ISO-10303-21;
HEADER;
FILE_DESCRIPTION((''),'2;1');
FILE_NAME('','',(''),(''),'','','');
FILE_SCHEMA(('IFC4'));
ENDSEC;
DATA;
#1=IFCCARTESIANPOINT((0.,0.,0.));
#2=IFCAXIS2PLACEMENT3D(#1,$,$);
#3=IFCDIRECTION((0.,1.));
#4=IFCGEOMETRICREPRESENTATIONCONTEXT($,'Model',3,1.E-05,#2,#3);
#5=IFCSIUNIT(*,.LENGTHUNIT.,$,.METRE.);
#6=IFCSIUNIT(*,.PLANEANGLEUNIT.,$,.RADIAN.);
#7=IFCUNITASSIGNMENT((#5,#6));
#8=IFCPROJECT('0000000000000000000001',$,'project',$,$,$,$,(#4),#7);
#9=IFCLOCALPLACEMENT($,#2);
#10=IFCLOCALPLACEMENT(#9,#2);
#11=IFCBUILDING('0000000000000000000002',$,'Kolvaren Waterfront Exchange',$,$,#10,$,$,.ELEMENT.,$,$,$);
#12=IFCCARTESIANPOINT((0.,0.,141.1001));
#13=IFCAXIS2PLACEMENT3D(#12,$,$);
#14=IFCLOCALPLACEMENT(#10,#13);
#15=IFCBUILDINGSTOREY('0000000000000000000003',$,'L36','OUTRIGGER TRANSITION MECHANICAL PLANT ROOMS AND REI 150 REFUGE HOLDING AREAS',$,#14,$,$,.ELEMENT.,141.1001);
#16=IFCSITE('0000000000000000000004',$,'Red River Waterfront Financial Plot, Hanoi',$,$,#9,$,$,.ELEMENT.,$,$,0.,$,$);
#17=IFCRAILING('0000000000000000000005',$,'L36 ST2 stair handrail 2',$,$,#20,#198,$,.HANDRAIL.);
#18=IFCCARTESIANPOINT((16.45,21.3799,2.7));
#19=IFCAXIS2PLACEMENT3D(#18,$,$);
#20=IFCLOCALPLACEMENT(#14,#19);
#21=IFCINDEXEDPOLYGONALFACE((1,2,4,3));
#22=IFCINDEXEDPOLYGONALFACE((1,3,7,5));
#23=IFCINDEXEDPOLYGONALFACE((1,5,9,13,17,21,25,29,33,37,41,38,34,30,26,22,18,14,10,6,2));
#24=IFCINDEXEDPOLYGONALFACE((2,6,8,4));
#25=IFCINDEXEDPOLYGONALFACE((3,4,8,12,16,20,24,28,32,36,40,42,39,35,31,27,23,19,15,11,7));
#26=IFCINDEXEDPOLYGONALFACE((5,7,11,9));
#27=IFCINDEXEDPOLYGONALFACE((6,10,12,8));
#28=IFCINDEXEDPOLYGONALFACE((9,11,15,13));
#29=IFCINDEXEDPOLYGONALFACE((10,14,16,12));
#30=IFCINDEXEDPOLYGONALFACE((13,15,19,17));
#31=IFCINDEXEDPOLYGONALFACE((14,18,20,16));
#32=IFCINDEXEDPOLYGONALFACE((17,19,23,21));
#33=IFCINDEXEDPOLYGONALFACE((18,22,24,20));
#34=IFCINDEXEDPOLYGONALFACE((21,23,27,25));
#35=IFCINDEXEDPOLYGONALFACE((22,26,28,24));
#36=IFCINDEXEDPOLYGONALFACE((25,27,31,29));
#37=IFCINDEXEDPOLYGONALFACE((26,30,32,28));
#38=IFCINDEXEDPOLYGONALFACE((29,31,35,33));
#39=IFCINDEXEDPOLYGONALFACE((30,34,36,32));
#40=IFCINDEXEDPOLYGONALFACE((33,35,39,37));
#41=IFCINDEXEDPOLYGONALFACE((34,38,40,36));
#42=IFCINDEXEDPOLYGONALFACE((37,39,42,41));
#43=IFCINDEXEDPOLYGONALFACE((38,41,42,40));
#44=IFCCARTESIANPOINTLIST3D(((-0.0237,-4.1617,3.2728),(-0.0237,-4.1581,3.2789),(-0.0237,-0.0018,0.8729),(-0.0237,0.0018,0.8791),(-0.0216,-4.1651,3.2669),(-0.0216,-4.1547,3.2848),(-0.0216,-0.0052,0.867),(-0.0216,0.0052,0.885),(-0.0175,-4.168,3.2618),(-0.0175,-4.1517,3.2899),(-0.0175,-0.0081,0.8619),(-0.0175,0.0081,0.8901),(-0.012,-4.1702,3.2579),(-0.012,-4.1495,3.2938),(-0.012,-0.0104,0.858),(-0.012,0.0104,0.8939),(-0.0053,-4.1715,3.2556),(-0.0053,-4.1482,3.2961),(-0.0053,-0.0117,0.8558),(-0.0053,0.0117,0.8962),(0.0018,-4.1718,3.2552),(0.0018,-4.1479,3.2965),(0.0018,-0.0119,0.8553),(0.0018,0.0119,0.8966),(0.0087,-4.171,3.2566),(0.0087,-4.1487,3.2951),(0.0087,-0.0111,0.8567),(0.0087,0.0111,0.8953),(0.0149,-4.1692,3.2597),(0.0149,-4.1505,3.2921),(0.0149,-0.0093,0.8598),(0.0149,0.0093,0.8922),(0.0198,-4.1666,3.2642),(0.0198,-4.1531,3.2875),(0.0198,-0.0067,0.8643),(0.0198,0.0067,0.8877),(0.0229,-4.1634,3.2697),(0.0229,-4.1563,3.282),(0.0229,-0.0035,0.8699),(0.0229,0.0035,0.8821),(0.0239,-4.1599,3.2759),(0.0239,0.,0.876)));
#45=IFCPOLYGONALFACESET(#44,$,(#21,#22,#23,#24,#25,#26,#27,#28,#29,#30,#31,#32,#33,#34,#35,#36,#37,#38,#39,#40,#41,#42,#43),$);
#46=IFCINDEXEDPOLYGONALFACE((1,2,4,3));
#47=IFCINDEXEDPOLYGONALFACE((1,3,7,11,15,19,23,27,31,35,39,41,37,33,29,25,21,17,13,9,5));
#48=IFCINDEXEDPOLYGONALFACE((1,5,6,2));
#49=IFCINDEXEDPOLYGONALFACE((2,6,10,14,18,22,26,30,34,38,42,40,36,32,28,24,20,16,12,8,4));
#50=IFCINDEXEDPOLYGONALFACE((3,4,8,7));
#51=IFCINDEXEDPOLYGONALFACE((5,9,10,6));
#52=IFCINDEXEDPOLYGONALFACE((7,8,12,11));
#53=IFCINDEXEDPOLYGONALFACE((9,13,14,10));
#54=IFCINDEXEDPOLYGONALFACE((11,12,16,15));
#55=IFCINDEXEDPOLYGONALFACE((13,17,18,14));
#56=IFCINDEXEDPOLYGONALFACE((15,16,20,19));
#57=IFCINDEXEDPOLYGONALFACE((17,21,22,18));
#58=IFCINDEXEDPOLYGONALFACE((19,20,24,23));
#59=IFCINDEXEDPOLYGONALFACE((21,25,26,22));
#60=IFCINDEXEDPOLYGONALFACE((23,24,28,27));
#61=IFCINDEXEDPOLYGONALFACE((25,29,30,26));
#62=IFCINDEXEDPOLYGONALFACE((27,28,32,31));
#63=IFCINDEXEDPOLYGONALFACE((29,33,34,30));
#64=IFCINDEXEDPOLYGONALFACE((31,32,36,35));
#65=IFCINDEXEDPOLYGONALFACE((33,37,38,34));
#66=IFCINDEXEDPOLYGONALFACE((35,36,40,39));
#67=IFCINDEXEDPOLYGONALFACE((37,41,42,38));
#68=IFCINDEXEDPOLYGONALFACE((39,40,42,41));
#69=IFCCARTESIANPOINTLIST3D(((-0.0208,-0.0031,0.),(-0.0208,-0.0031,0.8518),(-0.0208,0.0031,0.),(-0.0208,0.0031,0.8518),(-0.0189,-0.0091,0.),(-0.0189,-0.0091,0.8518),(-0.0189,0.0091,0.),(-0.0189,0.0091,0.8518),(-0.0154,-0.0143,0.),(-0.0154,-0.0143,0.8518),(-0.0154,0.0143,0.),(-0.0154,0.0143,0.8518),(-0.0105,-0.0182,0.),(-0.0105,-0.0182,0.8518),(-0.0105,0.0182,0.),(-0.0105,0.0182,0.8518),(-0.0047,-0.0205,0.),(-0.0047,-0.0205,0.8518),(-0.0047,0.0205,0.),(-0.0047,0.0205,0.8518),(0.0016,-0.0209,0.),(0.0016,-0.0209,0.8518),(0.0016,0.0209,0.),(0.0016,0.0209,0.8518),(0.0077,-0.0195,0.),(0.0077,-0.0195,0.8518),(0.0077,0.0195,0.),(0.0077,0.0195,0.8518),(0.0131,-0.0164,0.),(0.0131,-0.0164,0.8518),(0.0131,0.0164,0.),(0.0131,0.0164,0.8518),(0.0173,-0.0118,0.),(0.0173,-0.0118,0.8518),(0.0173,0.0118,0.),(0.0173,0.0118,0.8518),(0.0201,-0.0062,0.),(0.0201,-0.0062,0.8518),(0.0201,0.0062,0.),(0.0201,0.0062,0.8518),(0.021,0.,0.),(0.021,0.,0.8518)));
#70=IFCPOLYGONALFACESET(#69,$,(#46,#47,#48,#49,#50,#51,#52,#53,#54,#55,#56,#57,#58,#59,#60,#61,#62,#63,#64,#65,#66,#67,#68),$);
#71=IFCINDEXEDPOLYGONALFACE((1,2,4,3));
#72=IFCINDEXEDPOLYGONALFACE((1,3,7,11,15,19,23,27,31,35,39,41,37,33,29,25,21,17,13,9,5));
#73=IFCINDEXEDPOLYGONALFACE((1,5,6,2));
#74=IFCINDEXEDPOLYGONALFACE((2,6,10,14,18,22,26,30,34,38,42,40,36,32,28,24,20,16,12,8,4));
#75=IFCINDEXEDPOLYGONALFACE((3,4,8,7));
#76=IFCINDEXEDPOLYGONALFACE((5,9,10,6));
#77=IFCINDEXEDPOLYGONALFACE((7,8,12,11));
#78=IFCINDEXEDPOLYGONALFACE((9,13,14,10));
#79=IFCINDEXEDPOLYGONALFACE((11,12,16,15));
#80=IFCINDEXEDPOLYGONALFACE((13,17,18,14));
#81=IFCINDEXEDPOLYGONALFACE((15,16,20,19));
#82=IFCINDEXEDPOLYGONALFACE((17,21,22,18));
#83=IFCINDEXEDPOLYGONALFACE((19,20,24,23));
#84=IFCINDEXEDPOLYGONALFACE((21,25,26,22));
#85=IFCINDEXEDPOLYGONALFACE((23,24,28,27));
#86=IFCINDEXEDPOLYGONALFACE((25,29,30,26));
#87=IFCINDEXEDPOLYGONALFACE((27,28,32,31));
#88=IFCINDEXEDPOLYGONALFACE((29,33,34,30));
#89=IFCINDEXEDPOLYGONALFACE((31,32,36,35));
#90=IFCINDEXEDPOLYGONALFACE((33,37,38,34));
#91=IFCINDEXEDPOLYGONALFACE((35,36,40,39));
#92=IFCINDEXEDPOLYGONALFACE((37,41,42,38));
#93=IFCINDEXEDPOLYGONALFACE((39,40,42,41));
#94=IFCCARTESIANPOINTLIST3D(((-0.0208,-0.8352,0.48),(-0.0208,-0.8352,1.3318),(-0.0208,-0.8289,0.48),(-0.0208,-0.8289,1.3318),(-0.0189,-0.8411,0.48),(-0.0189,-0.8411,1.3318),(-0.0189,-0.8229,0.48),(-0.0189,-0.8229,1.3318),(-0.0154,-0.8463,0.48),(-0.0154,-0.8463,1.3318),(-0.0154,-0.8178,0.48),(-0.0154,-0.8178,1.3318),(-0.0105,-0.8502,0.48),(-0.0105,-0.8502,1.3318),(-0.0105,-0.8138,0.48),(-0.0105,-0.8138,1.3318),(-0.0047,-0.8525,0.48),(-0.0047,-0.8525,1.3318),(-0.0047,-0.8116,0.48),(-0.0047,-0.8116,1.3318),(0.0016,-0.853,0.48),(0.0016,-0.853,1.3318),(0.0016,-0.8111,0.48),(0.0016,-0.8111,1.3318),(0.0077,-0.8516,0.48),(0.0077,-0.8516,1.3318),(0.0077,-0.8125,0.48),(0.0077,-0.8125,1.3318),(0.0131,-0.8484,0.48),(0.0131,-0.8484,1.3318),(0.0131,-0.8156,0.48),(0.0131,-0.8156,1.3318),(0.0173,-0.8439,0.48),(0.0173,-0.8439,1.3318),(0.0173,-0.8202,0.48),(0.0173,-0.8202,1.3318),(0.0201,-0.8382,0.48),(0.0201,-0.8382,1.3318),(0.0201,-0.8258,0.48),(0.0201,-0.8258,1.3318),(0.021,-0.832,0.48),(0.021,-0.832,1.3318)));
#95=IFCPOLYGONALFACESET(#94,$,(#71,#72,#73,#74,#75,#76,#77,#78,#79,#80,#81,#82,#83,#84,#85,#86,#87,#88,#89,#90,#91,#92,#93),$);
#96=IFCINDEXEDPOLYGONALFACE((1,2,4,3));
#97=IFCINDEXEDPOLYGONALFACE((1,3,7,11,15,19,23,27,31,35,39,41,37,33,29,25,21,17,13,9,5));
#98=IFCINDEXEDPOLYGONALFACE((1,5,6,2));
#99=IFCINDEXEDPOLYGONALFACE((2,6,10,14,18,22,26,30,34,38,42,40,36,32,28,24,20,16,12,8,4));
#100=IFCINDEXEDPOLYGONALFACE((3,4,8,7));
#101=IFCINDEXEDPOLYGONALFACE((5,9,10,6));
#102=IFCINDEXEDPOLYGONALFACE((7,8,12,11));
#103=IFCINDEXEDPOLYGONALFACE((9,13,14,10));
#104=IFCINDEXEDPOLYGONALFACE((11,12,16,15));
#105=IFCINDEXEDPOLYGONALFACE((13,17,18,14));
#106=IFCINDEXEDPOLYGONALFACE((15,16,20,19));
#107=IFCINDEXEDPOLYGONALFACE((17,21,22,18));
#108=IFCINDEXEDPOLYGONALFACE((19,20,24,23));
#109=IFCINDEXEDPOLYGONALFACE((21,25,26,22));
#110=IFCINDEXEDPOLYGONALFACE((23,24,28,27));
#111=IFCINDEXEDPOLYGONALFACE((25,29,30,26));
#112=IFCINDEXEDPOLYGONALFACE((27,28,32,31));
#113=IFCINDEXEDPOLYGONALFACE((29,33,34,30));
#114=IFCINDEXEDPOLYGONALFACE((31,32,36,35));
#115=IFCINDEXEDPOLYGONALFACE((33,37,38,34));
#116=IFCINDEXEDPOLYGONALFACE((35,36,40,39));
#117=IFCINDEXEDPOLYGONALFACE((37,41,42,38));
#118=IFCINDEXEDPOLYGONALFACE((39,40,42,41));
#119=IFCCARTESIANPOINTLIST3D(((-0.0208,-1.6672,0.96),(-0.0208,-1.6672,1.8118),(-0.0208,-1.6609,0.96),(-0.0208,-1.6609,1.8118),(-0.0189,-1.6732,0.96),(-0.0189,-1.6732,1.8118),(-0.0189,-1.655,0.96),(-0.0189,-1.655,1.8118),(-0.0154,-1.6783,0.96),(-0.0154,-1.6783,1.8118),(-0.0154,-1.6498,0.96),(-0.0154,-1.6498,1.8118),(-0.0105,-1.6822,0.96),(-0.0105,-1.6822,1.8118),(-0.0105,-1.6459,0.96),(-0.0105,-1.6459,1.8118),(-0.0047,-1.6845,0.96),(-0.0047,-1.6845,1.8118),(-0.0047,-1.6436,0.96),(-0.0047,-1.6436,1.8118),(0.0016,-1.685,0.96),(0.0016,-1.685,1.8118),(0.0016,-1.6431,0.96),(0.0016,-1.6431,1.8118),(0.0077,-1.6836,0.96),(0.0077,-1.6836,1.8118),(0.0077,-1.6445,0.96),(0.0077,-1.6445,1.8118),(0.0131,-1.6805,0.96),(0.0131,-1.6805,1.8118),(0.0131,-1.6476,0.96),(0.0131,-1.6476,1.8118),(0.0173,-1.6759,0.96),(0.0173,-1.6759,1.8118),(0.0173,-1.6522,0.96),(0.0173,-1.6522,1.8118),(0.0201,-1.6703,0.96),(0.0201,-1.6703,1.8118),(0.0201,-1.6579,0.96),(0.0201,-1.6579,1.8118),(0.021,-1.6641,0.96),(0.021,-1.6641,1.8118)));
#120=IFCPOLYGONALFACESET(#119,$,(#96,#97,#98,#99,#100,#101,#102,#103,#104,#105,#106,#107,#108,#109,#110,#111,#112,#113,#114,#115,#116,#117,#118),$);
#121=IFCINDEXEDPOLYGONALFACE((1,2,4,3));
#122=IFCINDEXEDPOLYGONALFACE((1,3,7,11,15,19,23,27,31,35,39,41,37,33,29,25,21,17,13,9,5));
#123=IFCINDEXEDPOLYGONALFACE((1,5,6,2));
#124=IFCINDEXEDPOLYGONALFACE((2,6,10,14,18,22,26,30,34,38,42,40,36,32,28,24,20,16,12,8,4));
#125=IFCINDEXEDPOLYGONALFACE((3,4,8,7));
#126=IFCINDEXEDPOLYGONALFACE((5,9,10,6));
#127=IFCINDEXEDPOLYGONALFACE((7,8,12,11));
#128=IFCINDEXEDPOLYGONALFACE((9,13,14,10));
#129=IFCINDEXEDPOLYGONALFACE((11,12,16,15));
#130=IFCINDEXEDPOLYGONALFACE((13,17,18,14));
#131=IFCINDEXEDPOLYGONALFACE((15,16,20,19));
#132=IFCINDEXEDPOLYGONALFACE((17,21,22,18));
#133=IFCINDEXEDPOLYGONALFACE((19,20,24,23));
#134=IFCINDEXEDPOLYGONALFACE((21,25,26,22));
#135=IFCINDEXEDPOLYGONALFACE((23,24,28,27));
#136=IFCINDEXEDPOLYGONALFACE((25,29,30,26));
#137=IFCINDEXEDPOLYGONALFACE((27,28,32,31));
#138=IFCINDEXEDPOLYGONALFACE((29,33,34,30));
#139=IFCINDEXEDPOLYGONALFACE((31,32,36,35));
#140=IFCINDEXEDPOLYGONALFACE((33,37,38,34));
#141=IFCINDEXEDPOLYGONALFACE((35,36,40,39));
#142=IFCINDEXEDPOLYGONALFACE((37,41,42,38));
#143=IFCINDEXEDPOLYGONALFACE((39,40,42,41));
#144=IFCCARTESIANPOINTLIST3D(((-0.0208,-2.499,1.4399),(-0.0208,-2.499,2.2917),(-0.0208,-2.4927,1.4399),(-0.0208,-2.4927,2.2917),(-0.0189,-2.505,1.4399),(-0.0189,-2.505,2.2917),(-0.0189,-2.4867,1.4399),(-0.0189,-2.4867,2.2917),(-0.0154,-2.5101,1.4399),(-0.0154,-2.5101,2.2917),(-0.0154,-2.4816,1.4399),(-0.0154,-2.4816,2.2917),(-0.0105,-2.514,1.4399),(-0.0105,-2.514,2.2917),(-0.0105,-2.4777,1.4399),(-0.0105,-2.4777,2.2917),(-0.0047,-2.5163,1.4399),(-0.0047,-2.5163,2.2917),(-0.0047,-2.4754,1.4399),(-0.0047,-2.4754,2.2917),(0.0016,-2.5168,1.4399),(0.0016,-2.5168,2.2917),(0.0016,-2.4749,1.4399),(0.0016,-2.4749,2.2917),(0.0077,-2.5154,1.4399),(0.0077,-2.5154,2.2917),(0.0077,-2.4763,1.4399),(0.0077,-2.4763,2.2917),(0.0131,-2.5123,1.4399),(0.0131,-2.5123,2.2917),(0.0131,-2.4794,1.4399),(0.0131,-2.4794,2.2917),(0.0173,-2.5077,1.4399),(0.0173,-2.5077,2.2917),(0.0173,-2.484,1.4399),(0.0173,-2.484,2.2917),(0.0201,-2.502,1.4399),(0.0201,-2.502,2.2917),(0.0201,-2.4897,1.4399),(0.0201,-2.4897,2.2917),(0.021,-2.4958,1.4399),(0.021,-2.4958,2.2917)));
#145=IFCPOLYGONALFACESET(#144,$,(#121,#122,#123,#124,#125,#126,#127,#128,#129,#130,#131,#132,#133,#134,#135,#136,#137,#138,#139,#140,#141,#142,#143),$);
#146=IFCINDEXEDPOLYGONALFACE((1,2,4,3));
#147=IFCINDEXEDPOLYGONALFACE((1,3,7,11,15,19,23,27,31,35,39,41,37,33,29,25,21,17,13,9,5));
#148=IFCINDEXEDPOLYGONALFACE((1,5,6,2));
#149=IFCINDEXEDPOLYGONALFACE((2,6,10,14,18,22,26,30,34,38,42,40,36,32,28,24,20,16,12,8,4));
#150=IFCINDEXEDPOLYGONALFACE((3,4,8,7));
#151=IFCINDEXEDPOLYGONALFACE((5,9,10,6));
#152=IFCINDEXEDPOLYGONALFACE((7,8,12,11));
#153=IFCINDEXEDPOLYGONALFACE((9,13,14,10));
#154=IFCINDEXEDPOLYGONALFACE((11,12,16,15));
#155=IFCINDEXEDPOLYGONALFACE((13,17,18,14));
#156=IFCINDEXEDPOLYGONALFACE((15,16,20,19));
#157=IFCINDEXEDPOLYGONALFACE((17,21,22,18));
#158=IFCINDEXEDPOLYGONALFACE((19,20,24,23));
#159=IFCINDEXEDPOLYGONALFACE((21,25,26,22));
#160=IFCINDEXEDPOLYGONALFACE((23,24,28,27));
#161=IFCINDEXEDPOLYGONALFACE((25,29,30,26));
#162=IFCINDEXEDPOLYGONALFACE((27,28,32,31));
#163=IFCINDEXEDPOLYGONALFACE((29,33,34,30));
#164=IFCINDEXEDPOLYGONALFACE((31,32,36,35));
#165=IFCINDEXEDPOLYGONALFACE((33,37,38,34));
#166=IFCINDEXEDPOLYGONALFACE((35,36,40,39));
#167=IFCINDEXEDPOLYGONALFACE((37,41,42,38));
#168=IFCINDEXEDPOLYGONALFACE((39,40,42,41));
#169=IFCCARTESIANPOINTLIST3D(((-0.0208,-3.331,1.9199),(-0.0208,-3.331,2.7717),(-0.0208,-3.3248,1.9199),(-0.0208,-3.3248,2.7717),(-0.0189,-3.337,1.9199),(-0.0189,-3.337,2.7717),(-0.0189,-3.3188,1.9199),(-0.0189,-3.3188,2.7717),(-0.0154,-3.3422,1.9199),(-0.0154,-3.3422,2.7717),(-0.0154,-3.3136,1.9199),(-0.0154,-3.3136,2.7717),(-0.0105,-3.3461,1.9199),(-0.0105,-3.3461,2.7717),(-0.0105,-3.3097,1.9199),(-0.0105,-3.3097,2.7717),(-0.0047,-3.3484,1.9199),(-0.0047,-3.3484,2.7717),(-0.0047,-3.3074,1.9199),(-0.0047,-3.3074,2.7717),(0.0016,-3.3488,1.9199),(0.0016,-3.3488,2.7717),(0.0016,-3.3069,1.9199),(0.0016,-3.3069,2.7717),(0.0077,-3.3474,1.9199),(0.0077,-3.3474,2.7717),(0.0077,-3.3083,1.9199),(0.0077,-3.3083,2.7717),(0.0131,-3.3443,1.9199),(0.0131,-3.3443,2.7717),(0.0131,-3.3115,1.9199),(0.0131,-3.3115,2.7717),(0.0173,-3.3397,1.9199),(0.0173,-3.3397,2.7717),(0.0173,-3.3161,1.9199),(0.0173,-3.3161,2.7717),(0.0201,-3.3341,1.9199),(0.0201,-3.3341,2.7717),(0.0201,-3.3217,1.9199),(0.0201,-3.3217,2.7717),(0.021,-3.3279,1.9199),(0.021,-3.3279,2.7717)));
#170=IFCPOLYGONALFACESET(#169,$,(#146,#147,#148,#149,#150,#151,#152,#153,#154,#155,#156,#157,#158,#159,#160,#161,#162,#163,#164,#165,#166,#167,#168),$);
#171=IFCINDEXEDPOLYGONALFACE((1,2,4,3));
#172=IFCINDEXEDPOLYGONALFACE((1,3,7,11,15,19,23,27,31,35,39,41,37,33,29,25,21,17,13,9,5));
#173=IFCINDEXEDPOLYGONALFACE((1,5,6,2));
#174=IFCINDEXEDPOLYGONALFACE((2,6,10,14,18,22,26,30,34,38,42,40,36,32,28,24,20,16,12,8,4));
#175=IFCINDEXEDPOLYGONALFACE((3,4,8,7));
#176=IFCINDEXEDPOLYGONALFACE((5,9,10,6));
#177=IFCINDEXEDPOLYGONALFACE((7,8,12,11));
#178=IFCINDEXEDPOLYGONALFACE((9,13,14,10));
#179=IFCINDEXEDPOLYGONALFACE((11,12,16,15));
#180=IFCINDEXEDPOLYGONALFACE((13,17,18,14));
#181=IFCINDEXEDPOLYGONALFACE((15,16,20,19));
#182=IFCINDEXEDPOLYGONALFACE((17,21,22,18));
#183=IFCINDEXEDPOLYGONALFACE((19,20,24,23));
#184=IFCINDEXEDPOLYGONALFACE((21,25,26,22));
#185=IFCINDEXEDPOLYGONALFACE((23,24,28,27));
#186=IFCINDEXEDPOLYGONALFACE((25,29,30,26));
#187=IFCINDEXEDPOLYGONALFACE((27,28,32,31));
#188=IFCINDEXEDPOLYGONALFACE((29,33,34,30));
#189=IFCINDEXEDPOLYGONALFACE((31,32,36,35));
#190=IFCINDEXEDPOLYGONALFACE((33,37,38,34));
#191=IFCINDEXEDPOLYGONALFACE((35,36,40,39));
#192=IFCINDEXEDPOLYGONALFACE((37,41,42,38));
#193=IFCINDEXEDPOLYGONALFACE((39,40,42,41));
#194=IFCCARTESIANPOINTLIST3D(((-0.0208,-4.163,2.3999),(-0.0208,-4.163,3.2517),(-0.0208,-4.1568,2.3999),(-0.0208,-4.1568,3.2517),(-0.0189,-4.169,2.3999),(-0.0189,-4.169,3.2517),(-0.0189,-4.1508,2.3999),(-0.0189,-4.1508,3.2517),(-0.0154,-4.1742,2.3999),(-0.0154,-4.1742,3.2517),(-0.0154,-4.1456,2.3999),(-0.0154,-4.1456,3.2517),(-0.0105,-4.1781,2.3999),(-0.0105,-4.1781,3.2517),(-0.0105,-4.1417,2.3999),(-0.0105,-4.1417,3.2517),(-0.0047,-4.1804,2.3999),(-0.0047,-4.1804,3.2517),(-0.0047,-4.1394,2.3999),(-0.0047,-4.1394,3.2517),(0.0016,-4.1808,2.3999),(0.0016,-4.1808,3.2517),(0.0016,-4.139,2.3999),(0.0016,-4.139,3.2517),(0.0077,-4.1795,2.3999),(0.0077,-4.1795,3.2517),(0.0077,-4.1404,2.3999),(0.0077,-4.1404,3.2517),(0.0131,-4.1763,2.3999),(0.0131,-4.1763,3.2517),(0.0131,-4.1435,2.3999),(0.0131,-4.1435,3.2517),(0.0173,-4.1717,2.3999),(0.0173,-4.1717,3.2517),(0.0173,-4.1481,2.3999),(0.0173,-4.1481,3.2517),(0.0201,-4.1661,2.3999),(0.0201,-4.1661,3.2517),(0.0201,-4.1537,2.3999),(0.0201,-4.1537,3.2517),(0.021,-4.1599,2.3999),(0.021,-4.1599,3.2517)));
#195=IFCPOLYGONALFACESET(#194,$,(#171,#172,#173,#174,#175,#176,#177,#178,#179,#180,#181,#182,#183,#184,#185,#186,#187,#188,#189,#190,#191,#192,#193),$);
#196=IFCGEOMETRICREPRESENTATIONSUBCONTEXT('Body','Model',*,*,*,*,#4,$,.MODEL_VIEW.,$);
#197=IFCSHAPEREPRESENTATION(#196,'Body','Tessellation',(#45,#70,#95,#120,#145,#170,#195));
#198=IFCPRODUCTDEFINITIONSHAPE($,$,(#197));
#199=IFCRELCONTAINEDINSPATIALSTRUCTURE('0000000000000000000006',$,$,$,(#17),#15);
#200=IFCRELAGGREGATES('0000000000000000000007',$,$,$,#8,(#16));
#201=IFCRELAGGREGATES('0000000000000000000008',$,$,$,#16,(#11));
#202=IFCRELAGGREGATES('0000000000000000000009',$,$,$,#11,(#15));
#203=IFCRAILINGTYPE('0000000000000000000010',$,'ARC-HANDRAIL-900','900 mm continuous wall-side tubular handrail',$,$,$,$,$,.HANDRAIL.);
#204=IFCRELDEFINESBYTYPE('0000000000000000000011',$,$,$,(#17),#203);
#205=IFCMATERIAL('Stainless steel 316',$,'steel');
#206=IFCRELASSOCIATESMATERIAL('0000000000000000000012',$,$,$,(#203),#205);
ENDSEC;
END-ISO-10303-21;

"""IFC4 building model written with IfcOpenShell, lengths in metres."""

from ifc_helpers import new_model, si_unit, direction, frame, origin, origin_2d, place, context, subcontext, project, spatial, circle, extrude, material, type_object, element, save


model = new_model("IFC4")

# Units and contexts
model_context = context("Model", 3, precision=1e-05, world=origin(), true_north=direction((0.0, 1.0)))
body_context = subcontext(model_context, "Body", "Model", "MODEL_VIEW")
ifc_project = project(units=[si_unit("LENGTHUNIT", "METRE"), si_unit("PLANEANGLEUNIT", "RADIAN")], contexts=[model_context])

# Site, building, storey
site_placement = place(None, origin())
site = spatial("IfcSite", under=ifc_project, at=site_placement, Name="Red River Waterfront Financial Plot, Hanoi", CompositionType="ELEMENT", RefElevation=0.0)
building_placement = place(site_placement, origin())
building = spatial("IfcBuilding", under=site, at=building_placement, Name="Kolvaren Waterfront Exchange", CompositionType="ELEMENT")
storey_placement = place(building_placement, frame((0.0, 0.0, 141.1001)))
storey = spatial("IfcBuildingStorey", under=building, at=storey_placement, Name="L36", Description="OUTRIGGER TRANSITION MECHANICAL PLANT ROOMS AND REI 150 REFUGE HOLDING AREAS", CompositionType="ELEMENT", Elevation=141.1001)

# Railing
ifc_material_1 = material(Name="Stainless steel 316", Category="steel")
railing_type_1 = type_object("IfcRailingType", Name="ARC-HANDRAIL-900", Description="900 mm continuous wall-side tubular handrail", PredefinedType="HANDRAIL", material=ifc_material_1)
for number, where, name in (
    (1, (16.45, 21.3799, 2.7), "L36 ST2 stair handrail 2"),
):
    element("IfcRailing", number, at=place(storey_placement, frame(where)), inside=storey, type_object=railing_type_1, Name=name, PredefinedType="HANDRAIL", context=body_context, shape_type="SweptSolid", body=[
        extrude(circle(Radius=0.0239, at=origin_2d()), frame((0.0, 0.0, 0.876), z_axis=(0.0, -0.86619, 0.499715), x_axis=(1.0, 0.0, 0.0)), (0.0, 0.0, 1.0), 4.8025),
        extrude(circle(Radius=0.021, at=origin_2d()), origin(), (0.0, 0.0, 1.0), 0.8518),
        extrude(circle(Radius=0.021, at=origin_2d()), frame((0.0, -0.832, 0.48)), (0.0, 0.0, 1.0), 0.8518),
        extrude(circle(Radius=0.021, at=origin_2d()), frame((0.0, -1.6641, 0.96)), (0.0, 0.0, 1.0), 0.8518),
        extrude(circle(Radius=0.021, at=origin_2d()), frame((0.0, -2.4958, 1.4399)), (0.0, 0.0, 1.0), 0.8518),
        extrude(circle(Radius=0.021, at=origin_2d()), frame((0.0, -3.3279, 1.9199)), (0.0, 0.0, 1.0), 0.8518),
        extrude(circle(Radius=0.021, at=origin_2d()), frame((0.0, -4.1599, 2.3999)), (0.0, 0.0, 1.0), 0.8518),
    ])

save(model, "model.ifc")
